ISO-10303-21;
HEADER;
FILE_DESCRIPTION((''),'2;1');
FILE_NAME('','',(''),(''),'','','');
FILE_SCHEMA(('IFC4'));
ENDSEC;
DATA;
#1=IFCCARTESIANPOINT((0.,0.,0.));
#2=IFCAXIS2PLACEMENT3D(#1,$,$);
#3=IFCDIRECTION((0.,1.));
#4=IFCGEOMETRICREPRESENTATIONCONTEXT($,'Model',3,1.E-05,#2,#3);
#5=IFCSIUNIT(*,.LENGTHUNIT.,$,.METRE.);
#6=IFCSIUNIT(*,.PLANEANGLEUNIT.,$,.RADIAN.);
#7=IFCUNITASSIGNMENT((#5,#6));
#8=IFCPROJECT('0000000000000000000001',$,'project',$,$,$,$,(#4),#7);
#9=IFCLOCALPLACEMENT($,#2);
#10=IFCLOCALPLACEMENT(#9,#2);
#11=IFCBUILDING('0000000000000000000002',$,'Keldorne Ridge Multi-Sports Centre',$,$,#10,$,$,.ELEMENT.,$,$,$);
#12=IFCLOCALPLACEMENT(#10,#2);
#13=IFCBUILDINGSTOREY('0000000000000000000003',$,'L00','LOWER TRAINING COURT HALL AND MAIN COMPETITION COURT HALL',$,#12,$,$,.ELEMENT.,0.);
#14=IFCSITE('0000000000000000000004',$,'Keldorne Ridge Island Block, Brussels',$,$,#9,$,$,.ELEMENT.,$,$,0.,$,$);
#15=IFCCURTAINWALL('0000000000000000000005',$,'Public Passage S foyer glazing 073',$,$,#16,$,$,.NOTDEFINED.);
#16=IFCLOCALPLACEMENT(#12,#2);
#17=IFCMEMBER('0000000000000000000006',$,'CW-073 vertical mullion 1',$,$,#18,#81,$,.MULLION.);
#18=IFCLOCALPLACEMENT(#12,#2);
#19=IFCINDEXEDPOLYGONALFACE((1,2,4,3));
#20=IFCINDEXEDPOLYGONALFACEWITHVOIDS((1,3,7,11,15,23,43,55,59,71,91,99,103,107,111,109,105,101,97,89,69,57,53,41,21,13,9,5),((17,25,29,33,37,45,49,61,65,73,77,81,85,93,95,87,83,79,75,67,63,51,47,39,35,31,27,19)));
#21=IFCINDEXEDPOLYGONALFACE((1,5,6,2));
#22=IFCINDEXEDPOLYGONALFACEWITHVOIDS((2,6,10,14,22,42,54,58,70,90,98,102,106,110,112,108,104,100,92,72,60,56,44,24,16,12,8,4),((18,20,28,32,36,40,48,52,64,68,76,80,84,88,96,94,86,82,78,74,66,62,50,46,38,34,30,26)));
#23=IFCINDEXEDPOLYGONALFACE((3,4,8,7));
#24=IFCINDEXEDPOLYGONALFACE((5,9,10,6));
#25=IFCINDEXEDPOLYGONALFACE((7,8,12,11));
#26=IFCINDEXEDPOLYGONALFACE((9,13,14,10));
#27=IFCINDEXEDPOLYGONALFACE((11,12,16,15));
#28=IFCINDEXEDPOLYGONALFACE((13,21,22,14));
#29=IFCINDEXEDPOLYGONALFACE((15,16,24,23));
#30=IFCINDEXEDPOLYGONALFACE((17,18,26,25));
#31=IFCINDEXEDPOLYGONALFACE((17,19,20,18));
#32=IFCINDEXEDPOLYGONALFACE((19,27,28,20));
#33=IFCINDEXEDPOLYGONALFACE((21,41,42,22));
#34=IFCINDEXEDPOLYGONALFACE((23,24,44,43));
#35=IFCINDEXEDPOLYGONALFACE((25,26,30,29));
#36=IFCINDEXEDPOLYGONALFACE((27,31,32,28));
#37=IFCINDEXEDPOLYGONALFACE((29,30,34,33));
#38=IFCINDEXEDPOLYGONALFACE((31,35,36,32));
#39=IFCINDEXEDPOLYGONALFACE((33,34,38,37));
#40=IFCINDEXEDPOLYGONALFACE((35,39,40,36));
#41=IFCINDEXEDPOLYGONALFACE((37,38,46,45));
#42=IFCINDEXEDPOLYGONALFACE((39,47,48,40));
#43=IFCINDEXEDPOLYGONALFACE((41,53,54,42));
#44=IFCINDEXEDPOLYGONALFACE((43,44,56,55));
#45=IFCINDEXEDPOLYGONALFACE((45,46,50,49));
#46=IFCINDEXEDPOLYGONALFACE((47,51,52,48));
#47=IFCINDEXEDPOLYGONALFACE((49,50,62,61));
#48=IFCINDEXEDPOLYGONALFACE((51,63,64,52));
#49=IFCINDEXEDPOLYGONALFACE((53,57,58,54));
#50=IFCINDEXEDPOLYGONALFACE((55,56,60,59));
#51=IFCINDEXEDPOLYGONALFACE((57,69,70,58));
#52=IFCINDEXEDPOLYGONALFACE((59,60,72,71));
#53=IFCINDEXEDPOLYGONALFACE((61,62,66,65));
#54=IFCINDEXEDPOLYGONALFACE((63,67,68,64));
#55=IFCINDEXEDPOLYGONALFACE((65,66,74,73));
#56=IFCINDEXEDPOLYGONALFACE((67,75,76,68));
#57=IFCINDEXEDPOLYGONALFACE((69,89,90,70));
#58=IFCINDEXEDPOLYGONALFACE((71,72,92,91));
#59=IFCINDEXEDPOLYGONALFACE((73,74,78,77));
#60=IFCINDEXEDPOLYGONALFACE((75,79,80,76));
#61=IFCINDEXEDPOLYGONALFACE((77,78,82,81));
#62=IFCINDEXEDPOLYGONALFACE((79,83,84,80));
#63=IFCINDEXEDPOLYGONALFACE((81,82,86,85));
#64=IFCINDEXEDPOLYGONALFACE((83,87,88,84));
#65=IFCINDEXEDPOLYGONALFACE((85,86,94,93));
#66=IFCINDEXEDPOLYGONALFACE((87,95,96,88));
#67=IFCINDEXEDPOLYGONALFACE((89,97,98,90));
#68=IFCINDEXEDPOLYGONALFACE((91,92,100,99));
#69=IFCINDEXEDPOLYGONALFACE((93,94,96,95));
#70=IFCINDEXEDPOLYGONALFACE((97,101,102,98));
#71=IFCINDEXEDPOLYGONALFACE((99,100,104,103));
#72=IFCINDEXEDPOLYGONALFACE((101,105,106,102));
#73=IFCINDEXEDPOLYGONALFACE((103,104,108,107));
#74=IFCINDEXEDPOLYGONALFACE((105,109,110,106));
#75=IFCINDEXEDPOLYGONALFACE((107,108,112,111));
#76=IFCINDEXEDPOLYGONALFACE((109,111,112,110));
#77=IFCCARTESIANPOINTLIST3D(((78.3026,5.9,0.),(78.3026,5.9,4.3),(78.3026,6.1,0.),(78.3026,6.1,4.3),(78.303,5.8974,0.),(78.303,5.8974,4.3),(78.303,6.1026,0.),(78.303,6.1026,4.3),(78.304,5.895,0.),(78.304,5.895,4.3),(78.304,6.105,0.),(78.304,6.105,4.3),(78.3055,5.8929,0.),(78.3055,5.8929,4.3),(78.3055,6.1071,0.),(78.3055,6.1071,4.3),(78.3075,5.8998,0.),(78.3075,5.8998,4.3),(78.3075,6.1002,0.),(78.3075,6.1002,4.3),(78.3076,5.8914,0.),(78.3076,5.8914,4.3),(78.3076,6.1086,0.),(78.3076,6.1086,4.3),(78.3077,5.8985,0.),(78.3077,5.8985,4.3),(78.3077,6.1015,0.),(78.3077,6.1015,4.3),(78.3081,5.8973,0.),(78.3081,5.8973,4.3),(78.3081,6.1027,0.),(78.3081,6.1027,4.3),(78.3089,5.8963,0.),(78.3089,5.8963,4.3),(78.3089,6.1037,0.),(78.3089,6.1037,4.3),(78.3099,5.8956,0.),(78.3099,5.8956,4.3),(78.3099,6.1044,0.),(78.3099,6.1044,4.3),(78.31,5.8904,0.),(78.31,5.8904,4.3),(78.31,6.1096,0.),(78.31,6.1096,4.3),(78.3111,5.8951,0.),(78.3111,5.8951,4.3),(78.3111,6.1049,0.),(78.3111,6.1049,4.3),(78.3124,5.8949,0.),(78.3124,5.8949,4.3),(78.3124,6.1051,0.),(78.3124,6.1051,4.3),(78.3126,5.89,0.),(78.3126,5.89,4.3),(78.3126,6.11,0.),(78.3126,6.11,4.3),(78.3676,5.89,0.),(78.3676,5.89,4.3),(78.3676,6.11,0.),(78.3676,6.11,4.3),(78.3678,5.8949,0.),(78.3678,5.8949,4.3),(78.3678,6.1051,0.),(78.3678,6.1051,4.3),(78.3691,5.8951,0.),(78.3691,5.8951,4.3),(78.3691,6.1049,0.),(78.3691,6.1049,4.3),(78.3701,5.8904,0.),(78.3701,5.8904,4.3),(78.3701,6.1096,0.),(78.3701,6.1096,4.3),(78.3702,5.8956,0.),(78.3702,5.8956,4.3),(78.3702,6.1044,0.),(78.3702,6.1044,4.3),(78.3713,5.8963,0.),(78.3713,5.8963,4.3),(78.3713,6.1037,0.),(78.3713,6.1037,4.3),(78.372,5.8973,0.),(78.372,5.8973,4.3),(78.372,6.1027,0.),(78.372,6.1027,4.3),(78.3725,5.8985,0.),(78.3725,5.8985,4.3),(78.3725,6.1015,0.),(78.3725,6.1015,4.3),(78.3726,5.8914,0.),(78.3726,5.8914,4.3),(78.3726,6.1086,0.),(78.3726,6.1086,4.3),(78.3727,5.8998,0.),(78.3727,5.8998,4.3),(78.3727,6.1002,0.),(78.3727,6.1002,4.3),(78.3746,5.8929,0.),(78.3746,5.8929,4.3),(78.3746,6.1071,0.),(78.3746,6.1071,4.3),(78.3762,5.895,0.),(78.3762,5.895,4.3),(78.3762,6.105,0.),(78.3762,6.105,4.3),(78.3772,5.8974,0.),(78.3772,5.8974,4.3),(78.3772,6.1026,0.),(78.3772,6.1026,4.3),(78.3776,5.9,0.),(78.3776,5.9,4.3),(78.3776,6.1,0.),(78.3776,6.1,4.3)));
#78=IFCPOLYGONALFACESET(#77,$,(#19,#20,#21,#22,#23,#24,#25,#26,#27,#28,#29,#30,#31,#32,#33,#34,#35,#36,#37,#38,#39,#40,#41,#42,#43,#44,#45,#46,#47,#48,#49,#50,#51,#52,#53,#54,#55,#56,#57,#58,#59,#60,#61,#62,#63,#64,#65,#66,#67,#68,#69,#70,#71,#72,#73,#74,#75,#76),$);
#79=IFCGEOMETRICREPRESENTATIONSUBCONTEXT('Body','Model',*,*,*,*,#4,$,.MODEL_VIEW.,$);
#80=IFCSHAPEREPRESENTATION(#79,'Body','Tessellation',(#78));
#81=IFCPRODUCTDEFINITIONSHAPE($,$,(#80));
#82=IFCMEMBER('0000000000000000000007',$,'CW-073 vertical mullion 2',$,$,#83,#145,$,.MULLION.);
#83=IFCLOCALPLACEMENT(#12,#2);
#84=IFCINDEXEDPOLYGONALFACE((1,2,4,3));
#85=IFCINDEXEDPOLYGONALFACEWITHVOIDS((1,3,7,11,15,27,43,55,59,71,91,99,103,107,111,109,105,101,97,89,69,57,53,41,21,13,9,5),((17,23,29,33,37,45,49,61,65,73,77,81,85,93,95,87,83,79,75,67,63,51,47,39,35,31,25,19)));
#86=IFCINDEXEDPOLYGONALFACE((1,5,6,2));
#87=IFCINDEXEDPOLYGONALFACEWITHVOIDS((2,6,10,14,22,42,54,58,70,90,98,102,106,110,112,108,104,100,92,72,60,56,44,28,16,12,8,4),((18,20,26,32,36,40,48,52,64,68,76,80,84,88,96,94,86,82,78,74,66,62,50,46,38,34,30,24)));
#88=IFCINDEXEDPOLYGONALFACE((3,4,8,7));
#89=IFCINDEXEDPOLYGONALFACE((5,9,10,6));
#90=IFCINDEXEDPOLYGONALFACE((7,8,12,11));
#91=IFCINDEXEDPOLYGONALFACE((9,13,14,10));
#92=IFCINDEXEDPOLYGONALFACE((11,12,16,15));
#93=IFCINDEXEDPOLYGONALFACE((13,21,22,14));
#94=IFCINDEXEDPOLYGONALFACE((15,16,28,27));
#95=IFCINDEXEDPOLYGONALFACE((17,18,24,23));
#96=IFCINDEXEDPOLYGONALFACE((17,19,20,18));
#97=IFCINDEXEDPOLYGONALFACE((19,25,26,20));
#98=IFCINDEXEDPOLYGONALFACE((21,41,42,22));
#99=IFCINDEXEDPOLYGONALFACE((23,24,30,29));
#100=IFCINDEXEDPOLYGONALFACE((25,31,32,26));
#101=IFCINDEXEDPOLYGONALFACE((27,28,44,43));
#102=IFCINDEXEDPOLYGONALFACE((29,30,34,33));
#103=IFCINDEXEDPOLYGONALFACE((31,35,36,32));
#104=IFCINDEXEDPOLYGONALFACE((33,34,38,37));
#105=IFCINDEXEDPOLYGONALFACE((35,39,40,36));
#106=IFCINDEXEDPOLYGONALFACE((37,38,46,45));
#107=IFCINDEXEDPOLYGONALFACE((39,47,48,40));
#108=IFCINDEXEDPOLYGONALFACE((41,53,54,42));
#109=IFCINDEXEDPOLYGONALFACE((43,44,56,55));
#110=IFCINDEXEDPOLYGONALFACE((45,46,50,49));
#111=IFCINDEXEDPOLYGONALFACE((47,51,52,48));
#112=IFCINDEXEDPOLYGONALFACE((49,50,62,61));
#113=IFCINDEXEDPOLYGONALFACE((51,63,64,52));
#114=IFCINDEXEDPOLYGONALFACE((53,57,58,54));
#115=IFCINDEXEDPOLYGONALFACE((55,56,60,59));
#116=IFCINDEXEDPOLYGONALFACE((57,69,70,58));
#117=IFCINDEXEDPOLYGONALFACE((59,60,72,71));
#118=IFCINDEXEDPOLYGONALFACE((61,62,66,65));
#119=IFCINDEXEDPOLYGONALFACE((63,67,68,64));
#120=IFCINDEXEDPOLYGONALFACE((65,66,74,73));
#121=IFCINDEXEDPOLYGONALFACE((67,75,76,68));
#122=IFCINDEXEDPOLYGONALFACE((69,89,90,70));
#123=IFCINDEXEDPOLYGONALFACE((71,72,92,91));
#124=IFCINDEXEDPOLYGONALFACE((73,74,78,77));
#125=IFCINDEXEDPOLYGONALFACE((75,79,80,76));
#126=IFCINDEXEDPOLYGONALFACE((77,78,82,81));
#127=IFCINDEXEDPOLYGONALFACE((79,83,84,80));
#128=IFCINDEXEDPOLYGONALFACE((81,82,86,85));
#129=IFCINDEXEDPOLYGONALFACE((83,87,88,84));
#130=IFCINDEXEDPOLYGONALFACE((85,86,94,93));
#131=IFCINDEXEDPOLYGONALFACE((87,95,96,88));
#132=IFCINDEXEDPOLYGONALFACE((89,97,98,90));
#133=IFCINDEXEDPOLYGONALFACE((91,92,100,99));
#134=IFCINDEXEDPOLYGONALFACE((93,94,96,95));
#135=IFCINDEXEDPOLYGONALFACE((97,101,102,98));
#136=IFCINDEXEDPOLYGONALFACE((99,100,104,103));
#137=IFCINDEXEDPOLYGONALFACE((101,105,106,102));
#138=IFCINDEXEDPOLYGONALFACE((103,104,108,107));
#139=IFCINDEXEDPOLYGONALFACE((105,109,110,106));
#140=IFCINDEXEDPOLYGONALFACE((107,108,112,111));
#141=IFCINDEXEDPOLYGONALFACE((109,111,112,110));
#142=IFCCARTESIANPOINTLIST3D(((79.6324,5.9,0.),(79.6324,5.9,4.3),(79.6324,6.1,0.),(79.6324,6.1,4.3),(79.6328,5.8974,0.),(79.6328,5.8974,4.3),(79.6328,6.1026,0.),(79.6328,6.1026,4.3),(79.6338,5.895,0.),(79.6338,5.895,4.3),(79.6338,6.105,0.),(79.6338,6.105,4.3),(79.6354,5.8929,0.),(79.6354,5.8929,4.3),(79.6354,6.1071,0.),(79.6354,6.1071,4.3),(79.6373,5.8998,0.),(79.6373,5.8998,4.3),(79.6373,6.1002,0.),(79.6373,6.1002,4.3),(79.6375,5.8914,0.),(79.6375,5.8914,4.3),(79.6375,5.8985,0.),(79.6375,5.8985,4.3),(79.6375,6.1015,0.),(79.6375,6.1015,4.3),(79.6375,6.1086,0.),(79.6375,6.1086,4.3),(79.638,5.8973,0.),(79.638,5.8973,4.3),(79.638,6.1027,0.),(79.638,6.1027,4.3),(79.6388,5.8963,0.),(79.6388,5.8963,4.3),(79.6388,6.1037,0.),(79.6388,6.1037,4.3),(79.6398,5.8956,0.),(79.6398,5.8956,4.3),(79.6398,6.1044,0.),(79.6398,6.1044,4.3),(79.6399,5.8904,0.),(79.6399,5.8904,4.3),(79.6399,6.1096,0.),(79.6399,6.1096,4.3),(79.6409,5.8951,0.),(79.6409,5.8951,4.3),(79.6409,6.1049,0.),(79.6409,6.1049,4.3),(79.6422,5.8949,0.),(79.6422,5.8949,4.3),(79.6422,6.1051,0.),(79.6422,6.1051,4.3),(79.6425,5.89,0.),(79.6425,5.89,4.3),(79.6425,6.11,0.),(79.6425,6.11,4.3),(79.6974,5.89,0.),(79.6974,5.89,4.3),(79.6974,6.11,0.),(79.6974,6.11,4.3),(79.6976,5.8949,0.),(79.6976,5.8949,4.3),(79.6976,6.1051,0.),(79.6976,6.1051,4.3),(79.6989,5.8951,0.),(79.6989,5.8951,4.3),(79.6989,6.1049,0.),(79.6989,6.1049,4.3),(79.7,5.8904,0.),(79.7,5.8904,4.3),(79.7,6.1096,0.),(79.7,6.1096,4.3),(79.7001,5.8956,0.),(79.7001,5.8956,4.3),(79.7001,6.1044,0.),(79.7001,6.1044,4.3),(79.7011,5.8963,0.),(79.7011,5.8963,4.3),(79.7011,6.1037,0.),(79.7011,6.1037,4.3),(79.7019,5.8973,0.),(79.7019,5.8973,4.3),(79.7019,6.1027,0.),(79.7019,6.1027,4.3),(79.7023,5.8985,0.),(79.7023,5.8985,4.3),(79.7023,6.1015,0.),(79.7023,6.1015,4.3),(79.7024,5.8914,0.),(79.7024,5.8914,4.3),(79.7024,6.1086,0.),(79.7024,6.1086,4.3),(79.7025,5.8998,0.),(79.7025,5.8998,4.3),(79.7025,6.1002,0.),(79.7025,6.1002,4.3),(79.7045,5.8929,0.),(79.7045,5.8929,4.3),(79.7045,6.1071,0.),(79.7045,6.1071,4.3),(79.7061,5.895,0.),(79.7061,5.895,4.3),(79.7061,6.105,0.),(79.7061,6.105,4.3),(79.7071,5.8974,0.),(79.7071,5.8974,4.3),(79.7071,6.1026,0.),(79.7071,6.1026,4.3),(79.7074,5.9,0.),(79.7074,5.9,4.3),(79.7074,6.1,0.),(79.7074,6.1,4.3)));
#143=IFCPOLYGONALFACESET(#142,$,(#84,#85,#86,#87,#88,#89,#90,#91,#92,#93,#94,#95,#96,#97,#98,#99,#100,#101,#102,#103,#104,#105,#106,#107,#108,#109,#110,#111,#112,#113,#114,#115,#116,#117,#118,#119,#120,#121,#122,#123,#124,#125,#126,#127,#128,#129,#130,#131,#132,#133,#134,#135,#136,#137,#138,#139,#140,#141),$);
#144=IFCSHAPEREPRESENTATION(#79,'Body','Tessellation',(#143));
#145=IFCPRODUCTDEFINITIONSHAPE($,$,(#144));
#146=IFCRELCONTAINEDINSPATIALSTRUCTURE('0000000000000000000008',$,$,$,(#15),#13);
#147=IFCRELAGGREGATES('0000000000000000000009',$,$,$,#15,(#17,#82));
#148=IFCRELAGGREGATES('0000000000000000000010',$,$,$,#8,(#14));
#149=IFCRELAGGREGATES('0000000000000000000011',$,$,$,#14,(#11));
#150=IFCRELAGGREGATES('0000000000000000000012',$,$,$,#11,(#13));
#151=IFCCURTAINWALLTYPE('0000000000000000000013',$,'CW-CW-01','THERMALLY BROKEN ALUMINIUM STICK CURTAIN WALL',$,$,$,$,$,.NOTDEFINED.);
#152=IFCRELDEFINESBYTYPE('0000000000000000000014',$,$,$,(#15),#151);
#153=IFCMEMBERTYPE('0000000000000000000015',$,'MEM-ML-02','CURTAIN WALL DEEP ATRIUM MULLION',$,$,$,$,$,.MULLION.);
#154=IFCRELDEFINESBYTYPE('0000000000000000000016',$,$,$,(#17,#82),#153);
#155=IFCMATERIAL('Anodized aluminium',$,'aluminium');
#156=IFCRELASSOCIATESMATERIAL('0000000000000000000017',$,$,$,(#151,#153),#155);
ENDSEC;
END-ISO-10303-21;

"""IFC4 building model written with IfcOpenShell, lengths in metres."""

from ifc_helpers import new_model, si_unit, direction, frame, origin, origin_2d, place, context, subcontext, project, spatial, hollow_rectangle, extrude, material, material_profile, profile_set, type_object, element, aggregate, save


model = new_model("IFC4")

# Units and contexts
model_context = context("Model", 3, precision=1e-05, world=origin(), true_north=direction((0.0, 1.0)))
body_context = subcontext(model_context, "Body", "Model", "MODEL_VIEW")
ifc_project = project(units=[si_unit("LENGTHUNIT", "METRE"), si_unit("PLANEANGLEUNIT", "RADIAN")], contexts=[model_context])

# Site, building, storey
site_placement = place(None, origin())
site = spatial("IfcSite", under=ifc_project, at=site_placement, Name="Keldorne Ridge Island Block, Brussels", CompositionType="ELEMENT", RefElevation=0.0)
building_placement = place(site_placement, origin())
building = spatial("IfcBuilding", under=site, at=building_placement, Name="Keldorne Ridge Multi-Sports Centre", CompositionType="ELEMENT")
storey_placement = place(building_placement, origin())
storey = spatial("IfcBuildingStorey", under=building, at=storey_placement, Name="L00", Description="LOWER TRAINING COURT HALL AND MAIN COMPETITION COURT HALL", CompositionType="ELEMENT", Elevation=0.0)

# Curtain wall, members
ifc_material_1 = material(Name="Anodized aluminium", Category="aluminium")
curtain_wall_type = type_object("IfcCurtainWallType", Name="CW-CW-01", Description="THERMALLY BROKEN ALUMINIUM STICK CURTAIN WALL", PredefinedType="NOTDEFINED", material=ifc_material_1)
curtain_wall_placement = place(storey_placement, origin())
curtain_wall = element("IfcCurtainWall", 1, at=curtain_wall_placement, inside=storey, type_object=curtain_wall_type, Name="Public Passage S foyer glazing 073", PredefinedType="NOTDEFINED")
ifc_material_profile_1 = material_profile(ifc_material_1, hollow_rectangle(XDim=0.075, YDim=0.22, WallThickness=0.0049, InnerFilletRadius=0.0049, OuterFilletRadius=0.01, at=origin_2d()), Name="ALU MULLION 220x75x5")
ifc_profile_set_1 = profile_set([ifc_material_profile_1], Name="Anodized aluminium")
member_type_1 = type_object("IfcMemberType", Name="MEM-ML-02", Description="CURTAIN WALL DEEP ATRIUM MULLION", PredefinedType="MULLION", material=ifc_profile_set_1)
member_1_placement = place(storey_placement, frame((78.3401, 6.0, 0.0), z_axis=(0.0, 0.0, 1.0), x_axis=(1.0, 0.0, 0.0)))
member_1 = element("IfcMember", 2, at=member_1_placement, type_object=member_type_1, Name="CW-073 vertical mullion 1", PredefinedType="MULLION", context=body_context, shape_type="SweptSolid", body=[
    extrude(hollow_rectangle(XDim=0.075, YDim=0.22, WallThickness=0.0049, InnerFilletRadius=0.0049, OuterFilletRadius=0.01, at=origin_2d()), origin(), (0.0, 0.0, 1.0), 4.3),
])
member_2_placement = place(storey_placement, frame((79.6699, 6.0, 0.0), z_axis=(0.0, 0.0, 1.0), x_axis=(1.0, 0.0, 0.0)))
member_2 = element("IfcMember", 3, at=member_2_placement, type_object=member_type_1, Name="CW-073 vertical mullion 2", PredefinedType="MULLION", context=body_context, shape_type="SweptSolid", body=[
    extrude(hollow_rectangle(XDim=0.075, YDim=0.22, WallThickness=0.0049, InnerFilletRadius=0.0049, OuterFilletRadius=0.01, at=origin_2d()), origin(), (0.0, 0.0, 1.0), 4.3),
])
aggregate(curtain_wall, [member_1, member_2])

save(model, "model.ifc")
